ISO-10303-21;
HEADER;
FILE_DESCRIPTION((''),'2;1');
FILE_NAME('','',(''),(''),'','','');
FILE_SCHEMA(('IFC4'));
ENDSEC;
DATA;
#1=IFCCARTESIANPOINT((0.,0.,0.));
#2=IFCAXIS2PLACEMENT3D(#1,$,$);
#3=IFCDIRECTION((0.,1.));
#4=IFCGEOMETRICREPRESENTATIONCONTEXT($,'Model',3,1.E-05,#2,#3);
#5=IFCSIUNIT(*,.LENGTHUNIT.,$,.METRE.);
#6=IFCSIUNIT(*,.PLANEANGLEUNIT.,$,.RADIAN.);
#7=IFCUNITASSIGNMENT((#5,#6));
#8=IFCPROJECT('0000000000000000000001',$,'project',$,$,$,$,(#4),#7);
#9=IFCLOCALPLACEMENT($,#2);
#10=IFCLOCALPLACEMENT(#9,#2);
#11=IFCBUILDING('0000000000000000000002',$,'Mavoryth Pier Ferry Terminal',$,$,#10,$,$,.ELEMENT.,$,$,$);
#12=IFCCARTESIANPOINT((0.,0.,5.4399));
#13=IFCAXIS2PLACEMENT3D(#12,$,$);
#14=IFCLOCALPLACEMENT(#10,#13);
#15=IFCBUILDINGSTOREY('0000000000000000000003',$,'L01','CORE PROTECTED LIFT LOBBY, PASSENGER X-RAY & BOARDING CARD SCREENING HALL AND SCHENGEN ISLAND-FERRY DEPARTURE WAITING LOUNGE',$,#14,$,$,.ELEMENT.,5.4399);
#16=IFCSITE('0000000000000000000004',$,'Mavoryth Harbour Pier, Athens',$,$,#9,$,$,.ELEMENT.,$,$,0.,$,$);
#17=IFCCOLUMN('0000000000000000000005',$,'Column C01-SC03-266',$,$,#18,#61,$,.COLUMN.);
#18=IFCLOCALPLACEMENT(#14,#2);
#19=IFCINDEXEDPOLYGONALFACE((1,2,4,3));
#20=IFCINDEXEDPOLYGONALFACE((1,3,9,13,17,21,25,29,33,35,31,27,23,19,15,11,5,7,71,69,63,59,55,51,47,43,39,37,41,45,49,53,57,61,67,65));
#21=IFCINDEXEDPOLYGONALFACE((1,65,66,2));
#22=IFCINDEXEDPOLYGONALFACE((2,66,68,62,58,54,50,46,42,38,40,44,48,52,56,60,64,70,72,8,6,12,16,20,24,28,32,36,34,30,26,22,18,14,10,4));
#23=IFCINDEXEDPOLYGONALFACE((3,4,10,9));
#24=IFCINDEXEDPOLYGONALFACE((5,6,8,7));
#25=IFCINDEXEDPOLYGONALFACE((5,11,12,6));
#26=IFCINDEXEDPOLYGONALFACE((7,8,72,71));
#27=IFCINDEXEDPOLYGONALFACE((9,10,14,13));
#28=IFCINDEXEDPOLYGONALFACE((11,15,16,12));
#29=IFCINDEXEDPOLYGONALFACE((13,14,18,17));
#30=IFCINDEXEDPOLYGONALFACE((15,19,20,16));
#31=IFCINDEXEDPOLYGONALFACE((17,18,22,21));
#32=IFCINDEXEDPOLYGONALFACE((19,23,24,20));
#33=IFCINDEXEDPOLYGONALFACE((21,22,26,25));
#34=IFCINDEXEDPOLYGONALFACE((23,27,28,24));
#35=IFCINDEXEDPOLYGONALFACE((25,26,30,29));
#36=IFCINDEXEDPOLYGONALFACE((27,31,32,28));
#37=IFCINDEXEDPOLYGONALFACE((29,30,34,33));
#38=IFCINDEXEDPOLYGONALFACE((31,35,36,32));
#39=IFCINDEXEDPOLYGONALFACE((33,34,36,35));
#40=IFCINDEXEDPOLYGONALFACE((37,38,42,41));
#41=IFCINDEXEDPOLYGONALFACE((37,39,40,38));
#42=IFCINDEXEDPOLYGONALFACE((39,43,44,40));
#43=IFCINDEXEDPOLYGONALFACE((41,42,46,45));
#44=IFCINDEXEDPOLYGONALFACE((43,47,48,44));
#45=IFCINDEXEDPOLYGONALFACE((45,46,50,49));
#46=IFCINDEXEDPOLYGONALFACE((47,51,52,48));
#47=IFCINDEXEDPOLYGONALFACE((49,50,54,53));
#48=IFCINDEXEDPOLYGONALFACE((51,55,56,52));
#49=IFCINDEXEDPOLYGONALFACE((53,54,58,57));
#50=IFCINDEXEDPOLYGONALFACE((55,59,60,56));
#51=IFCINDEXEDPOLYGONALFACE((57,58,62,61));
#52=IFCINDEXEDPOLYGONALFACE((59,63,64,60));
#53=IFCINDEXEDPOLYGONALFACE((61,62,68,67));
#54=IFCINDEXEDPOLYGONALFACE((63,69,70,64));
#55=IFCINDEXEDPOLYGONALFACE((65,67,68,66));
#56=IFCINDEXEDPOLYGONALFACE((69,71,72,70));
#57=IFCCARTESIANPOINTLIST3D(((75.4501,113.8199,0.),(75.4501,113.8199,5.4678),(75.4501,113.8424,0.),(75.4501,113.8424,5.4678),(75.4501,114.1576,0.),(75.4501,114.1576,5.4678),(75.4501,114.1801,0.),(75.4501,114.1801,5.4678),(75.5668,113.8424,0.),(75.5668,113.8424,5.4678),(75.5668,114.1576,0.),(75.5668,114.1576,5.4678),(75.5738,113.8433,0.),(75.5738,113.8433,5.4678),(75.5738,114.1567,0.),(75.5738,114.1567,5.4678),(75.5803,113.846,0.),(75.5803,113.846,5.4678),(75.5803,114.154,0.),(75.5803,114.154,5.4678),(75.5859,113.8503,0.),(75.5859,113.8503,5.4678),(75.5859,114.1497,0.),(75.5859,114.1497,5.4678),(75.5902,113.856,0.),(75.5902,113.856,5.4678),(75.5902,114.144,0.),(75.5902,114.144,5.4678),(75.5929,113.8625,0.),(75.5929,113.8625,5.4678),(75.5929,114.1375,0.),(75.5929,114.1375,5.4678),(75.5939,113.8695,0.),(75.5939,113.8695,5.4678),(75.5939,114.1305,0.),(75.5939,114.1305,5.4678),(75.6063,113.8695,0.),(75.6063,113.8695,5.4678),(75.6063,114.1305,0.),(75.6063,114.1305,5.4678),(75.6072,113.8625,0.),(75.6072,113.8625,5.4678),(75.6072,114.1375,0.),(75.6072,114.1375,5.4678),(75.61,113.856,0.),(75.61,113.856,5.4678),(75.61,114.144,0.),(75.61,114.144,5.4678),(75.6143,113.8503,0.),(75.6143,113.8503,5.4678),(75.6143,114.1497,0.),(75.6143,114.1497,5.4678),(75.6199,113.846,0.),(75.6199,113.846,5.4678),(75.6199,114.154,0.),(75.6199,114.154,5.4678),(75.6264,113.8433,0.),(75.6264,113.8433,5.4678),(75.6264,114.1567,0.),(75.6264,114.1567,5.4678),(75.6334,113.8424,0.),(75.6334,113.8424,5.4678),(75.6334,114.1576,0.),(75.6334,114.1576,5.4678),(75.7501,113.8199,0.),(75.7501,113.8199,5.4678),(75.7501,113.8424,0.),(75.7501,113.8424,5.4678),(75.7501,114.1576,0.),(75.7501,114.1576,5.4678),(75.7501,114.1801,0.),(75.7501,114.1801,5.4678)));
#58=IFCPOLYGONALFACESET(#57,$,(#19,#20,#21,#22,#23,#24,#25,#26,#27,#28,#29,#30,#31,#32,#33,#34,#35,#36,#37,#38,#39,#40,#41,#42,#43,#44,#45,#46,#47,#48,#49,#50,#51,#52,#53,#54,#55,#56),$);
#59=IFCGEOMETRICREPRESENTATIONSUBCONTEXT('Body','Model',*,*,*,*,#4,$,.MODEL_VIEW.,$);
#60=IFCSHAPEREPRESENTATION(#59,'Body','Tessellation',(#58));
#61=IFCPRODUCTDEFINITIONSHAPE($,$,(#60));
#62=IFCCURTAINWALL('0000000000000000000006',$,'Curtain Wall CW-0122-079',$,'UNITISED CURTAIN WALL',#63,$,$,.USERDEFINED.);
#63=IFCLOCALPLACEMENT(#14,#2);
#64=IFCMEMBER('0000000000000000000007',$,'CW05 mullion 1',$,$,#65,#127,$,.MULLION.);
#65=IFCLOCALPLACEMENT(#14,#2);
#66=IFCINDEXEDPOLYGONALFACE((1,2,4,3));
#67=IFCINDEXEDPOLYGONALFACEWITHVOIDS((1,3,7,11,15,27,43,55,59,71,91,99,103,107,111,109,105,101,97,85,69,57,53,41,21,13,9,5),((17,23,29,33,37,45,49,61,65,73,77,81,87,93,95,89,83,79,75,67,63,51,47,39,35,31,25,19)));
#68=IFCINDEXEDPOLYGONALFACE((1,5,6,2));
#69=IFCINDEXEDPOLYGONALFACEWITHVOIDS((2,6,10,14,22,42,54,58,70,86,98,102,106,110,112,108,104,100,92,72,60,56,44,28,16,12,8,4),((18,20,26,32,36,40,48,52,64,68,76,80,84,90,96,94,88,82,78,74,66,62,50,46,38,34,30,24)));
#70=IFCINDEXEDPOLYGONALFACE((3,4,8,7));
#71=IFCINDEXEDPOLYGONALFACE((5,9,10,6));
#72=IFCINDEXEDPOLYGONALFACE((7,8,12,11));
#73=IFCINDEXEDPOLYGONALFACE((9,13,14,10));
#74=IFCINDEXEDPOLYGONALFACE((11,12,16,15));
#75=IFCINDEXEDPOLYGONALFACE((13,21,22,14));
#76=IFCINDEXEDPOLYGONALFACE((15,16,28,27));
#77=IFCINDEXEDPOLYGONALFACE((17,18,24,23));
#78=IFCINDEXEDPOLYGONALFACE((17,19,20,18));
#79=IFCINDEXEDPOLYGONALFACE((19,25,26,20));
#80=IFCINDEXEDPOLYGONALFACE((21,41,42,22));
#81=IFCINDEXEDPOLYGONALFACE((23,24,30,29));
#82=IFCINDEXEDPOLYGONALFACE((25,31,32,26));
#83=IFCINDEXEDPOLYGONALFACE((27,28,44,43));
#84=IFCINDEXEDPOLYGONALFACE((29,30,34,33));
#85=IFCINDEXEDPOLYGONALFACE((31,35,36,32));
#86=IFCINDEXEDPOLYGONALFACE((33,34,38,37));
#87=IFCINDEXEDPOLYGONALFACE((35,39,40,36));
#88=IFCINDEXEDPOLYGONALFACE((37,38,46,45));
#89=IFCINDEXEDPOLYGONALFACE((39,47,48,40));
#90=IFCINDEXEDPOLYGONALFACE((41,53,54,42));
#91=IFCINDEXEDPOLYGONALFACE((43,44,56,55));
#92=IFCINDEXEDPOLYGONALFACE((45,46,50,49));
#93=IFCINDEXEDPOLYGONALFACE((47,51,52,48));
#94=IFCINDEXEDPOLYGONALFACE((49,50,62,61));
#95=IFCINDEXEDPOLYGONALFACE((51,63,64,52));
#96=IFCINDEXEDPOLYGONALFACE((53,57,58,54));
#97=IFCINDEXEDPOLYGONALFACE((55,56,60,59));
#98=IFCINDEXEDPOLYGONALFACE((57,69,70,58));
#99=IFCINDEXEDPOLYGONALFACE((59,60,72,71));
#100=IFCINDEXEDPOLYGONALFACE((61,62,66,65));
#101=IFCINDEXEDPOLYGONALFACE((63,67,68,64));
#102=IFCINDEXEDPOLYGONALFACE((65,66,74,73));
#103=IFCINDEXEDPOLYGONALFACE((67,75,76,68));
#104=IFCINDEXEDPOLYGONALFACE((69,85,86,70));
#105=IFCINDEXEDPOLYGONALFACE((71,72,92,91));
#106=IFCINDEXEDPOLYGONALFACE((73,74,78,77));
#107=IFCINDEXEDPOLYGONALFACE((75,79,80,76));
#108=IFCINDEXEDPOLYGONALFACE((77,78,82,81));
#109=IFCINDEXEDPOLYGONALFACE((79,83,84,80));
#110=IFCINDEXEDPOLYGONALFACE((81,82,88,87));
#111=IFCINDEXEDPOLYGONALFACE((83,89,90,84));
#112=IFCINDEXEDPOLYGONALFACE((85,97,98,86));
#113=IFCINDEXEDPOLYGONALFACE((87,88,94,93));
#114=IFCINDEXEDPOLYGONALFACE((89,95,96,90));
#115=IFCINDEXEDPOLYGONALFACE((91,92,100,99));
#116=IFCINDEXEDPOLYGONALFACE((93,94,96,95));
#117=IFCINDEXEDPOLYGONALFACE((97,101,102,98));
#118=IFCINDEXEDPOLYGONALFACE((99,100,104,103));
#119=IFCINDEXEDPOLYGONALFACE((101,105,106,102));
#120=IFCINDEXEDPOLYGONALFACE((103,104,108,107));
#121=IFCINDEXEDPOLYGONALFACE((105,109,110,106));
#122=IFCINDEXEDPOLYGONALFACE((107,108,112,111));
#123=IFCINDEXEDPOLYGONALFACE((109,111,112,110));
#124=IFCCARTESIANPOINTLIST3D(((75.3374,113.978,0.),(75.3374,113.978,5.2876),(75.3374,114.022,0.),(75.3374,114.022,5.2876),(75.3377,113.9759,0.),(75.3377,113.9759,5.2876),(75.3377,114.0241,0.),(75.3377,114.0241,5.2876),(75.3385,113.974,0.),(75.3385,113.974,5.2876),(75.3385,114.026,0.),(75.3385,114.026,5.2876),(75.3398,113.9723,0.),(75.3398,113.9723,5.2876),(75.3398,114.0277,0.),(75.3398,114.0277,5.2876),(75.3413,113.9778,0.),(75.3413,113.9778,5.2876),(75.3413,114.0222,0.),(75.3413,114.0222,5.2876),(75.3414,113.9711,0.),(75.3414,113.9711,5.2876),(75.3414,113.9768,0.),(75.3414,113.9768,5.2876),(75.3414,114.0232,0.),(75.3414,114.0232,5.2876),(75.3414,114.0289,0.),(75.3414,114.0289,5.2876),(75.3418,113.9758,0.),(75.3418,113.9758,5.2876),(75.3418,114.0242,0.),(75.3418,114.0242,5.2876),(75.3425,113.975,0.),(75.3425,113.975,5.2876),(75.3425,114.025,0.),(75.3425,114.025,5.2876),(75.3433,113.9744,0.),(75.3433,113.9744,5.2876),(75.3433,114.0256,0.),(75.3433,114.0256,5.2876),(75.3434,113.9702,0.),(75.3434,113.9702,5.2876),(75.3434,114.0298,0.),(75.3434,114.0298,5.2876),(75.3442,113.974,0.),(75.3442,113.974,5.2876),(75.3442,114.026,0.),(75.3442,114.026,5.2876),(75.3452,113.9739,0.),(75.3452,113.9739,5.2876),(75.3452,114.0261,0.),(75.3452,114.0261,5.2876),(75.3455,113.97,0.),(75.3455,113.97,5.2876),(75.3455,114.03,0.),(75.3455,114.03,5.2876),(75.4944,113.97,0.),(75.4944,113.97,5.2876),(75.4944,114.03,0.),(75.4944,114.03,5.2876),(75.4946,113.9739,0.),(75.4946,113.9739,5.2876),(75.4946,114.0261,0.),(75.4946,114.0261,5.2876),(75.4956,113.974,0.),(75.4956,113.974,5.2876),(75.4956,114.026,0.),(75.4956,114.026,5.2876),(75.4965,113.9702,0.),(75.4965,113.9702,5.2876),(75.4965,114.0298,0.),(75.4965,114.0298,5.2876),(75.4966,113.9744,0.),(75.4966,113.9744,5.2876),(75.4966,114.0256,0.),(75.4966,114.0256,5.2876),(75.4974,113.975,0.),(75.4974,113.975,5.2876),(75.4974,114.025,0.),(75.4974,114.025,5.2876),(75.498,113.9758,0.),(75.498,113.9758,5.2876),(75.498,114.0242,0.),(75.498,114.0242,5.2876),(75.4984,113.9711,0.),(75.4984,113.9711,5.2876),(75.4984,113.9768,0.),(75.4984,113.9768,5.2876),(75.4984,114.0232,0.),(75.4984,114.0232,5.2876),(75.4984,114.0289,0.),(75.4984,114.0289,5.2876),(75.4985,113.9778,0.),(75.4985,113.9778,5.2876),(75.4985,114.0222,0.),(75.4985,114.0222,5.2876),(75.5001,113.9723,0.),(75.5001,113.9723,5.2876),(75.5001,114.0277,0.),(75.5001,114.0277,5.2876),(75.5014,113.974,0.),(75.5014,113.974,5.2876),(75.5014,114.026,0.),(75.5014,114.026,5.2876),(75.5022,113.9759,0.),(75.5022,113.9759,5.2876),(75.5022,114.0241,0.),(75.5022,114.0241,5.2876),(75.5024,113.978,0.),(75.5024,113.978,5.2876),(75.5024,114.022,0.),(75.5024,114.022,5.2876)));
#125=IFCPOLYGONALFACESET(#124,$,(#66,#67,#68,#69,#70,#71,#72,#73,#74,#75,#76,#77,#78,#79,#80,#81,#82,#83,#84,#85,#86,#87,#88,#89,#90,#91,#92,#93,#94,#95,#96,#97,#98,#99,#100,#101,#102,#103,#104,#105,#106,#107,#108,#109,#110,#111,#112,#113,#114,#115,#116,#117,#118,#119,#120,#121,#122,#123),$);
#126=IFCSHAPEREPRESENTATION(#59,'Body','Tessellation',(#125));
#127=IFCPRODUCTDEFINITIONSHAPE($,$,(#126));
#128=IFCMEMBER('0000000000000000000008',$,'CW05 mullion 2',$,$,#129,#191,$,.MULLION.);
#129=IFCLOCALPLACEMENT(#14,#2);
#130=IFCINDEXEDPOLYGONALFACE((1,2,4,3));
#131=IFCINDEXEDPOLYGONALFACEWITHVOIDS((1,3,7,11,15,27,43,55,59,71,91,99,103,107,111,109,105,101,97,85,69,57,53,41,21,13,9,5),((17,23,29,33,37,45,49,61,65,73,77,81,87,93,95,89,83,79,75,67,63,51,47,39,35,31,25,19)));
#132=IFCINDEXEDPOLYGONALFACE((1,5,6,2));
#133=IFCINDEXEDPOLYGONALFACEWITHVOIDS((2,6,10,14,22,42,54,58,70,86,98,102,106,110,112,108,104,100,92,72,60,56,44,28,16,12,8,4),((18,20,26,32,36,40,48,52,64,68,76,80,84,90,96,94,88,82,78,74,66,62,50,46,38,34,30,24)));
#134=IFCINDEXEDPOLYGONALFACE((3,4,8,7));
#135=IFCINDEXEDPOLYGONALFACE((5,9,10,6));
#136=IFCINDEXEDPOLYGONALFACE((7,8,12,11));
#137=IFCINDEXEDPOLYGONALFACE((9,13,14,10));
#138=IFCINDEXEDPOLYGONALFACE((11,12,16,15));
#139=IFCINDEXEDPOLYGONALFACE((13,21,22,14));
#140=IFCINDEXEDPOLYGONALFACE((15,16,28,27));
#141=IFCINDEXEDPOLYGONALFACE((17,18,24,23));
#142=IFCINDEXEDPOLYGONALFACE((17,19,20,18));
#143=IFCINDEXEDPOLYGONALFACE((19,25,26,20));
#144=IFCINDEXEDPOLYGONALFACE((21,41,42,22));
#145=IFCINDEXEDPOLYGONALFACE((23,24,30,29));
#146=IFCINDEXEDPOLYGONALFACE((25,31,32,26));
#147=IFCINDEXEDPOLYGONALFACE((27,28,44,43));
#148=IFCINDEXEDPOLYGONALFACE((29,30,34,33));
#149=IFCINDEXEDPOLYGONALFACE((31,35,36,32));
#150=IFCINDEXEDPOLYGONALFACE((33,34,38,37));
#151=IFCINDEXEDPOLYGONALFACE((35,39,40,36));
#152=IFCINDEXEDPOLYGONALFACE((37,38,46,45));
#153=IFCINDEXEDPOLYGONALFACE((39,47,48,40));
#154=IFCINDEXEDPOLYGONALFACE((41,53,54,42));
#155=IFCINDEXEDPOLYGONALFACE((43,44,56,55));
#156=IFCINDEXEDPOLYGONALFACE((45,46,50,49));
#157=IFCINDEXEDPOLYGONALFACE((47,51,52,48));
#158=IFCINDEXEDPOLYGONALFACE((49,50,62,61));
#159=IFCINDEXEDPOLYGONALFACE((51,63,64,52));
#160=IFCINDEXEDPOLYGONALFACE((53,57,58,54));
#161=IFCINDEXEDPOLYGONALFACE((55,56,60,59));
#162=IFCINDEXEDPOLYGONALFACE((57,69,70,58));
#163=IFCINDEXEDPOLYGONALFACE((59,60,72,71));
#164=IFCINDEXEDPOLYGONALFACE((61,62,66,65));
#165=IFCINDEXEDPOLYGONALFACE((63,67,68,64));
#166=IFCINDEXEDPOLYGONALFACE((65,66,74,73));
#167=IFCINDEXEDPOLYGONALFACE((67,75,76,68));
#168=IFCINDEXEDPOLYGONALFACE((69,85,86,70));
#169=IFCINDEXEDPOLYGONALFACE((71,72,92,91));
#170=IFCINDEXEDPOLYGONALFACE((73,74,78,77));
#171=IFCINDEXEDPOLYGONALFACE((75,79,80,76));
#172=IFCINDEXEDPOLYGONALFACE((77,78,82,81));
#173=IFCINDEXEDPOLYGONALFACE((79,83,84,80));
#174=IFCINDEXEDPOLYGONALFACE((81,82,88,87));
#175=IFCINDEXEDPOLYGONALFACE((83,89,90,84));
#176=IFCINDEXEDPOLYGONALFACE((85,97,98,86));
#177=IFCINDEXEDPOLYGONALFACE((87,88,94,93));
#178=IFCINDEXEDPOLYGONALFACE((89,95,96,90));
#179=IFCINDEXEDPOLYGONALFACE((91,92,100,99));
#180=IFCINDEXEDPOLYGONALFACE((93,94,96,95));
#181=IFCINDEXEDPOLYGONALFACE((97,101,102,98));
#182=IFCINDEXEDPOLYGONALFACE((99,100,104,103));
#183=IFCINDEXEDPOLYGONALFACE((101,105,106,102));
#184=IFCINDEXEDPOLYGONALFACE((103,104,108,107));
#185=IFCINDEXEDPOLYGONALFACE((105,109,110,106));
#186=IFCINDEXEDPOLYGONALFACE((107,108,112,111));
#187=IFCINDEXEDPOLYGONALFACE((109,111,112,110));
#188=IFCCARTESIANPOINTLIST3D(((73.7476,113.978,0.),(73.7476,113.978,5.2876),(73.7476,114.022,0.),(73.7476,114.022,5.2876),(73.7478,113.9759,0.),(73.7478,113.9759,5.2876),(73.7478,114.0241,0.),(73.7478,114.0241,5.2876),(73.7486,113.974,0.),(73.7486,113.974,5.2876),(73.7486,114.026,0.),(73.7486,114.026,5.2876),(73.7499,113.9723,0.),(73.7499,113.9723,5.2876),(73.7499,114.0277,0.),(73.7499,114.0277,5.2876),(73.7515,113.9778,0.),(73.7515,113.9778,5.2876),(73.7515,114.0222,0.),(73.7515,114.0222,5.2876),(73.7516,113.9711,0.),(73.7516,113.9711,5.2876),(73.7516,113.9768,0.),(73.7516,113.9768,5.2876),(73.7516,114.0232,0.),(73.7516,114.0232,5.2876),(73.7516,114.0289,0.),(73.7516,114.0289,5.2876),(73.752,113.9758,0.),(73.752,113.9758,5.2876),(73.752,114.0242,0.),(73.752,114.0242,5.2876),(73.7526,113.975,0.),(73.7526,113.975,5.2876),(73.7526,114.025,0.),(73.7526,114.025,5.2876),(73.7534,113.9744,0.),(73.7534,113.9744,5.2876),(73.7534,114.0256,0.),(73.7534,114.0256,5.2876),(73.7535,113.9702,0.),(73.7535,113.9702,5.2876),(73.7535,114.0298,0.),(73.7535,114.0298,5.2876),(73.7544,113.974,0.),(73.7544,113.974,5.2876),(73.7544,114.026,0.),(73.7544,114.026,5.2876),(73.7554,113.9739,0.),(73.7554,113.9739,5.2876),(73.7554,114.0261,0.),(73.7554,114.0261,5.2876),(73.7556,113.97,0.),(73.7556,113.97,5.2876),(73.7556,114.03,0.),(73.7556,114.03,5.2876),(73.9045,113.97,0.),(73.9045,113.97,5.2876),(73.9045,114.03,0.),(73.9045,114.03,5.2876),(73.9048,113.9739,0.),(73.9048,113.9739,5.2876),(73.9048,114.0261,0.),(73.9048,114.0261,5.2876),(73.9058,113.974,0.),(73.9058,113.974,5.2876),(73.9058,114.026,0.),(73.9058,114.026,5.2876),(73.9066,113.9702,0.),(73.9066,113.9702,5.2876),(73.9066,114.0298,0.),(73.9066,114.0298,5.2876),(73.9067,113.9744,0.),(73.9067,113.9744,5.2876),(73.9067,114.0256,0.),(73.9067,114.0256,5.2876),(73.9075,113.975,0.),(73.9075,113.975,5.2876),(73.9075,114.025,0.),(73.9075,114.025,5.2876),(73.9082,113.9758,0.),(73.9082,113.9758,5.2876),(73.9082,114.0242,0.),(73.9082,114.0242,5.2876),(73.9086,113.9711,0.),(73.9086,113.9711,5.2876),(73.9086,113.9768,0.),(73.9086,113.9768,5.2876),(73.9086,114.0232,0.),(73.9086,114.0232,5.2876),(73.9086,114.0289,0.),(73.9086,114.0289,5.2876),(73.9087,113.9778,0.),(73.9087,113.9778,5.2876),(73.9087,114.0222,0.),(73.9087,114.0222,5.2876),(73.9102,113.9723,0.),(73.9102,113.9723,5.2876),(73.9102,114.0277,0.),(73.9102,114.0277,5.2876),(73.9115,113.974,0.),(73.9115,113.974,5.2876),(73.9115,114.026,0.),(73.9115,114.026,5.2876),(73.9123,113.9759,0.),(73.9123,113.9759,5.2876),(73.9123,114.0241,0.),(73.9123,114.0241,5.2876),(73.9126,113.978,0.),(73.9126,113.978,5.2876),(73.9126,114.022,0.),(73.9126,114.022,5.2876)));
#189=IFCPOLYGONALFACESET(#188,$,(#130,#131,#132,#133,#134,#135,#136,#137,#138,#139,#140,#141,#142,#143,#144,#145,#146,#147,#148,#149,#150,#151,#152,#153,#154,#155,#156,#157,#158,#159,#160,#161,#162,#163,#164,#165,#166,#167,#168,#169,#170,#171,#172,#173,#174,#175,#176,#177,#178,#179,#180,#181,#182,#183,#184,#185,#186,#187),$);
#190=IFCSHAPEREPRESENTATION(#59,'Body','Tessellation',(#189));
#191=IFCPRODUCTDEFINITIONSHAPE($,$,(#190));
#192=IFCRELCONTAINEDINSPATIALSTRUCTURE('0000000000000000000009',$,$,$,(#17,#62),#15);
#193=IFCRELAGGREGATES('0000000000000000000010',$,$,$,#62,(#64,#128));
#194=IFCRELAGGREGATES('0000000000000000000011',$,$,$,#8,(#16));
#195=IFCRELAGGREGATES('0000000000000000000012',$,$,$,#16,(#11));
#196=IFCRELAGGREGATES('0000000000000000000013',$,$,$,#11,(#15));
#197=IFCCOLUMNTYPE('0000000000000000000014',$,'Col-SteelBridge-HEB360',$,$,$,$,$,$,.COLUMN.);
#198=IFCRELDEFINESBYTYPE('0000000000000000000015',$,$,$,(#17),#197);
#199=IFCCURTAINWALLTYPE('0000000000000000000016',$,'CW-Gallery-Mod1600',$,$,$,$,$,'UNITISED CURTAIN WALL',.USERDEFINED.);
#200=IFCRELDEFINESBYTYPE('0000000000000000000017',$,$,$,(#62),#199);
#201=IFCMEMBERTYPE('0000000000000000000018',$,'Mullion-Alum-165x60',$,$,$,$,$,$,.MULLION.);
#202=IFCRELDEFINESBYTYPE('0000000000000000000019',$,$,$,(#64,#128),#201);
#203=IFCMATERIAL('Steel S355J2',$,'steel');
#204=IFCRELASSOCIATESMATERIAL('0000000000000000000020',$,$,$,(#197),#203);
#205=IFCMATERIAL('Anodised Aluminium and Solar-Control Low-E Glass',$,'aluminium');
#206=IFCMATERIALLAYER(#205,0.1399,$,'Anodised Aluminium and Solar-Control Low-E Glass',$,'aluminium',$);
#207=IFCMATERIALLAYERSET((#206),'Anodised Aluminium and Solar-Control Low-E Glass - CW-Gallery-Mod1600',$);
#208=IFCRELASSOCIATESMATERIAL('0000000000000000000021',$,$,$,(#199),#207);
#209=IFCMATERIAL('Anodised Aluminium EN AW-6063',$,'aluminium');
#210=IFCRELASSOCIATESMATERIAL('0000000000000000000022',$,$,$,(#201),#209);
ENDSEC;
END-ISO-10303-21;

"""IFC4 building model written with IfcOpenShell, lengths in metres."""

from ifc_helpers import new_model, si_unit, direction, frame, origin, origin_2d, place, context, subcontext, project, spatial, hollow_rectangle, i_section, extrude, material, layer, layer_set, material_profile, profile_set, type_object, element, aggregate, save


model = new_model("IFC4")

# Units and contexts
model_context = context("Model", 3, precision=1e-05, world=origin(), true_north=direction((0.0, 1.0)))
body_context = subcontext(model_context, "Body", "Model", "MODEL_VIEW")
ifc_project = project(units=[si_unit("LENGTHUNIT", "METRE"), si_unit("PLANEANGLEUNIT", "RADIAN")], contexts=[model_context])

# Site, building, storey
site_placement = place(None, origin())
site = spatial("IfcSite", under=ifc_project, at=site_placement, Name="Mavoryth Harbour Pier, Athens", CompositionType="ELEMENT", RefElevation=0.0)
building_placement = place(site_placement, origin())
building = spatial("IfcBuilding", under=site, at=building_placement, Name="Mavoryth Pier Ferry Terminal", CompositionType="ELEMENT")
storey_placement = place(building_placement, frame((0.0, 0.0, 5.4399)))
storey = spatial("IfcBuildingStorey", under=building, at=storey_placement, Name="L01", Description="CORE PROTECTED LIFT LOBBY, PASSENGER X-RAY & BOARDING CARD SCREENING HALL AND SCHENGEN ISLAND-FERRY DEPARTURE WAITING LOUNGE", CompositionType="ELEMENT", Elevation=5.4399)

# Column
ifc_material_1 = material(Name="Steel S355J2", Category="steel")
ifc_material_profile_1 = material_profile(ifc_material_1, i_section(OverallWidth=0.3, OverallDepth=0.3601, WebThickness=0.0125, FlangeThickness=0.0225, FilletRadius=0.0271, at=origin_2d()), Name="HEB 360", Category="steel")
ifc_profile_set_1 = profile_set([ifc_material_profile_1], Name="Steel S355J2 - HEB 360")
column_type = type_object("IfcColumnType", Name="Col-SteelBridge-HEB360", PredefinedType="COLUMN", material=ifc_profile_set_1)
column_placement = place(storey_placement, frame((75.6001, 114.0, 0.0), z_axis=(0.0, 0.0, 1.0), x_axis=(1.0, 0.0, 0.0)))
element("IfcColumn", 1, at=column_placement, inside=storey, type_object=column_type, Name="Column C01-SC03-266", PredefinedType="COLUMN", context=body_context, shape_type="SweptSolid", body=[
    extrude(i_section(OverallWidth=0.3, OverallDepth=0.3601, WebThickness=0.0125, FlangeThickness=0.0225, FilletRadius=0.0271, at=origin_2d()), origin(), (0.0, 0.0, 1.0), 5.4678),
])

# Curtain wall, members
ifc_material_2 = material(Name="Anodised Aluminium and Solar-Control Low-E Glass", Category="aluminium")
ifc_layer_1 = layer(ifc_material_2, 0.1399, Name="Anodised Aluminium and Solar-Control Low-E Glass", Category="aluminium")
ifc_layer_set_1 = layer_set([ifc_layer_1], Name="Anodised Aluminium and Solar-Control Low-E Glass - CW-Gallery-Mod1600")
curtain_wall_type = type_object("IfcCurtainWallType", Name="CW-Gallery-Mod1600", ElementType="UNITISED CURTAIN WALL", PredefinedType="USERDEFINED", material=ifc_layer_set_1)
curtain_wall_1_placement = place(storey_placement, origin())
curtain_wall_1 = element("IfcCurtainWall", 2, at=curtain_wall_1_placement, inside=storey, type_object=curtain_wall_type, Name="Curtain Wall CW-0122-079", ObjectType="UNITISED CURTAIN WALL", PredefinedType="USERDEFINED")
ifc_material_3 = material(Name="Anodised Aluminium EN AW-6063", Category="aluminium")
ifc_material_profile_2 = material_profile(ifc_material_3, hollow_rectangle(XDim=0.0601, YDim=0.165, WallThickness=0.0039, InnerFilletRadius=0.0039, OuterFilletRadius=0.0081, at=origin_2d()), Name="AL-MULL 165x60x4", Category="aluminium")
ifc_profile_set_2 = profile_set([ifc_material_profile_2], Name="Anodised Aluminium EN AW-6063 - AL-MULL 165x60x4")
member_type_1 = type_object("IfcMemberType", Name="Mullion-Alum-165x60", PredefinedType="MULLION", material=ifc_profile_set_2)
member_1_placement = place(storey_placement, frame((75.4199, 114.0, 0.0), z_axis=(0.0, 0.0, 1.0), x_axis=(0.0, -1.0, 0.0)))
member_1 = element("IfcMember", 3, at=member_1_placement, type_object=member_type_1, Name="CW05 mullion 1", PredefinedType="MULLION", context=body_context, shape_type="SweptSolid", body=[
    extrude(hollow_rectangle(XDim=0.0601, YDim=0.165, WallThickness=0.0039, InnerFilletRadius=0.0039, OuterFilletRadius=0.0081, at=origin_2d()), origin(), (0.0, 0.0, 1.0), 5.2876),
])
member_2_placement = place(storey_placement, frame((73.8301, 114.0, 0.0), z_axis=(0.0, 0.0, 1.0), x_axis=(0.0, -1.0, 0.0)))
member_2 = element("IfcMember", 4, at=member_2_placement, type_object=member_type_1, Name="CW05 mullion 2", PredefinedType="MULLION", context=body_context, shape_type="SweptSolid", body=[
    extrude(hollow_rectangle(XDim=0.0601, YDim=0.165, WallThickness=0.0039, InnerFilletRadius=0.0039, OuterFilletRadius=0.0081, at=origin_2d()), origin(), (0.0, 0.0, 1.0), 5.2876),
])

aggregate(curtain_wall_1, [member_1, member_2])

save(model, "model.ifc")
